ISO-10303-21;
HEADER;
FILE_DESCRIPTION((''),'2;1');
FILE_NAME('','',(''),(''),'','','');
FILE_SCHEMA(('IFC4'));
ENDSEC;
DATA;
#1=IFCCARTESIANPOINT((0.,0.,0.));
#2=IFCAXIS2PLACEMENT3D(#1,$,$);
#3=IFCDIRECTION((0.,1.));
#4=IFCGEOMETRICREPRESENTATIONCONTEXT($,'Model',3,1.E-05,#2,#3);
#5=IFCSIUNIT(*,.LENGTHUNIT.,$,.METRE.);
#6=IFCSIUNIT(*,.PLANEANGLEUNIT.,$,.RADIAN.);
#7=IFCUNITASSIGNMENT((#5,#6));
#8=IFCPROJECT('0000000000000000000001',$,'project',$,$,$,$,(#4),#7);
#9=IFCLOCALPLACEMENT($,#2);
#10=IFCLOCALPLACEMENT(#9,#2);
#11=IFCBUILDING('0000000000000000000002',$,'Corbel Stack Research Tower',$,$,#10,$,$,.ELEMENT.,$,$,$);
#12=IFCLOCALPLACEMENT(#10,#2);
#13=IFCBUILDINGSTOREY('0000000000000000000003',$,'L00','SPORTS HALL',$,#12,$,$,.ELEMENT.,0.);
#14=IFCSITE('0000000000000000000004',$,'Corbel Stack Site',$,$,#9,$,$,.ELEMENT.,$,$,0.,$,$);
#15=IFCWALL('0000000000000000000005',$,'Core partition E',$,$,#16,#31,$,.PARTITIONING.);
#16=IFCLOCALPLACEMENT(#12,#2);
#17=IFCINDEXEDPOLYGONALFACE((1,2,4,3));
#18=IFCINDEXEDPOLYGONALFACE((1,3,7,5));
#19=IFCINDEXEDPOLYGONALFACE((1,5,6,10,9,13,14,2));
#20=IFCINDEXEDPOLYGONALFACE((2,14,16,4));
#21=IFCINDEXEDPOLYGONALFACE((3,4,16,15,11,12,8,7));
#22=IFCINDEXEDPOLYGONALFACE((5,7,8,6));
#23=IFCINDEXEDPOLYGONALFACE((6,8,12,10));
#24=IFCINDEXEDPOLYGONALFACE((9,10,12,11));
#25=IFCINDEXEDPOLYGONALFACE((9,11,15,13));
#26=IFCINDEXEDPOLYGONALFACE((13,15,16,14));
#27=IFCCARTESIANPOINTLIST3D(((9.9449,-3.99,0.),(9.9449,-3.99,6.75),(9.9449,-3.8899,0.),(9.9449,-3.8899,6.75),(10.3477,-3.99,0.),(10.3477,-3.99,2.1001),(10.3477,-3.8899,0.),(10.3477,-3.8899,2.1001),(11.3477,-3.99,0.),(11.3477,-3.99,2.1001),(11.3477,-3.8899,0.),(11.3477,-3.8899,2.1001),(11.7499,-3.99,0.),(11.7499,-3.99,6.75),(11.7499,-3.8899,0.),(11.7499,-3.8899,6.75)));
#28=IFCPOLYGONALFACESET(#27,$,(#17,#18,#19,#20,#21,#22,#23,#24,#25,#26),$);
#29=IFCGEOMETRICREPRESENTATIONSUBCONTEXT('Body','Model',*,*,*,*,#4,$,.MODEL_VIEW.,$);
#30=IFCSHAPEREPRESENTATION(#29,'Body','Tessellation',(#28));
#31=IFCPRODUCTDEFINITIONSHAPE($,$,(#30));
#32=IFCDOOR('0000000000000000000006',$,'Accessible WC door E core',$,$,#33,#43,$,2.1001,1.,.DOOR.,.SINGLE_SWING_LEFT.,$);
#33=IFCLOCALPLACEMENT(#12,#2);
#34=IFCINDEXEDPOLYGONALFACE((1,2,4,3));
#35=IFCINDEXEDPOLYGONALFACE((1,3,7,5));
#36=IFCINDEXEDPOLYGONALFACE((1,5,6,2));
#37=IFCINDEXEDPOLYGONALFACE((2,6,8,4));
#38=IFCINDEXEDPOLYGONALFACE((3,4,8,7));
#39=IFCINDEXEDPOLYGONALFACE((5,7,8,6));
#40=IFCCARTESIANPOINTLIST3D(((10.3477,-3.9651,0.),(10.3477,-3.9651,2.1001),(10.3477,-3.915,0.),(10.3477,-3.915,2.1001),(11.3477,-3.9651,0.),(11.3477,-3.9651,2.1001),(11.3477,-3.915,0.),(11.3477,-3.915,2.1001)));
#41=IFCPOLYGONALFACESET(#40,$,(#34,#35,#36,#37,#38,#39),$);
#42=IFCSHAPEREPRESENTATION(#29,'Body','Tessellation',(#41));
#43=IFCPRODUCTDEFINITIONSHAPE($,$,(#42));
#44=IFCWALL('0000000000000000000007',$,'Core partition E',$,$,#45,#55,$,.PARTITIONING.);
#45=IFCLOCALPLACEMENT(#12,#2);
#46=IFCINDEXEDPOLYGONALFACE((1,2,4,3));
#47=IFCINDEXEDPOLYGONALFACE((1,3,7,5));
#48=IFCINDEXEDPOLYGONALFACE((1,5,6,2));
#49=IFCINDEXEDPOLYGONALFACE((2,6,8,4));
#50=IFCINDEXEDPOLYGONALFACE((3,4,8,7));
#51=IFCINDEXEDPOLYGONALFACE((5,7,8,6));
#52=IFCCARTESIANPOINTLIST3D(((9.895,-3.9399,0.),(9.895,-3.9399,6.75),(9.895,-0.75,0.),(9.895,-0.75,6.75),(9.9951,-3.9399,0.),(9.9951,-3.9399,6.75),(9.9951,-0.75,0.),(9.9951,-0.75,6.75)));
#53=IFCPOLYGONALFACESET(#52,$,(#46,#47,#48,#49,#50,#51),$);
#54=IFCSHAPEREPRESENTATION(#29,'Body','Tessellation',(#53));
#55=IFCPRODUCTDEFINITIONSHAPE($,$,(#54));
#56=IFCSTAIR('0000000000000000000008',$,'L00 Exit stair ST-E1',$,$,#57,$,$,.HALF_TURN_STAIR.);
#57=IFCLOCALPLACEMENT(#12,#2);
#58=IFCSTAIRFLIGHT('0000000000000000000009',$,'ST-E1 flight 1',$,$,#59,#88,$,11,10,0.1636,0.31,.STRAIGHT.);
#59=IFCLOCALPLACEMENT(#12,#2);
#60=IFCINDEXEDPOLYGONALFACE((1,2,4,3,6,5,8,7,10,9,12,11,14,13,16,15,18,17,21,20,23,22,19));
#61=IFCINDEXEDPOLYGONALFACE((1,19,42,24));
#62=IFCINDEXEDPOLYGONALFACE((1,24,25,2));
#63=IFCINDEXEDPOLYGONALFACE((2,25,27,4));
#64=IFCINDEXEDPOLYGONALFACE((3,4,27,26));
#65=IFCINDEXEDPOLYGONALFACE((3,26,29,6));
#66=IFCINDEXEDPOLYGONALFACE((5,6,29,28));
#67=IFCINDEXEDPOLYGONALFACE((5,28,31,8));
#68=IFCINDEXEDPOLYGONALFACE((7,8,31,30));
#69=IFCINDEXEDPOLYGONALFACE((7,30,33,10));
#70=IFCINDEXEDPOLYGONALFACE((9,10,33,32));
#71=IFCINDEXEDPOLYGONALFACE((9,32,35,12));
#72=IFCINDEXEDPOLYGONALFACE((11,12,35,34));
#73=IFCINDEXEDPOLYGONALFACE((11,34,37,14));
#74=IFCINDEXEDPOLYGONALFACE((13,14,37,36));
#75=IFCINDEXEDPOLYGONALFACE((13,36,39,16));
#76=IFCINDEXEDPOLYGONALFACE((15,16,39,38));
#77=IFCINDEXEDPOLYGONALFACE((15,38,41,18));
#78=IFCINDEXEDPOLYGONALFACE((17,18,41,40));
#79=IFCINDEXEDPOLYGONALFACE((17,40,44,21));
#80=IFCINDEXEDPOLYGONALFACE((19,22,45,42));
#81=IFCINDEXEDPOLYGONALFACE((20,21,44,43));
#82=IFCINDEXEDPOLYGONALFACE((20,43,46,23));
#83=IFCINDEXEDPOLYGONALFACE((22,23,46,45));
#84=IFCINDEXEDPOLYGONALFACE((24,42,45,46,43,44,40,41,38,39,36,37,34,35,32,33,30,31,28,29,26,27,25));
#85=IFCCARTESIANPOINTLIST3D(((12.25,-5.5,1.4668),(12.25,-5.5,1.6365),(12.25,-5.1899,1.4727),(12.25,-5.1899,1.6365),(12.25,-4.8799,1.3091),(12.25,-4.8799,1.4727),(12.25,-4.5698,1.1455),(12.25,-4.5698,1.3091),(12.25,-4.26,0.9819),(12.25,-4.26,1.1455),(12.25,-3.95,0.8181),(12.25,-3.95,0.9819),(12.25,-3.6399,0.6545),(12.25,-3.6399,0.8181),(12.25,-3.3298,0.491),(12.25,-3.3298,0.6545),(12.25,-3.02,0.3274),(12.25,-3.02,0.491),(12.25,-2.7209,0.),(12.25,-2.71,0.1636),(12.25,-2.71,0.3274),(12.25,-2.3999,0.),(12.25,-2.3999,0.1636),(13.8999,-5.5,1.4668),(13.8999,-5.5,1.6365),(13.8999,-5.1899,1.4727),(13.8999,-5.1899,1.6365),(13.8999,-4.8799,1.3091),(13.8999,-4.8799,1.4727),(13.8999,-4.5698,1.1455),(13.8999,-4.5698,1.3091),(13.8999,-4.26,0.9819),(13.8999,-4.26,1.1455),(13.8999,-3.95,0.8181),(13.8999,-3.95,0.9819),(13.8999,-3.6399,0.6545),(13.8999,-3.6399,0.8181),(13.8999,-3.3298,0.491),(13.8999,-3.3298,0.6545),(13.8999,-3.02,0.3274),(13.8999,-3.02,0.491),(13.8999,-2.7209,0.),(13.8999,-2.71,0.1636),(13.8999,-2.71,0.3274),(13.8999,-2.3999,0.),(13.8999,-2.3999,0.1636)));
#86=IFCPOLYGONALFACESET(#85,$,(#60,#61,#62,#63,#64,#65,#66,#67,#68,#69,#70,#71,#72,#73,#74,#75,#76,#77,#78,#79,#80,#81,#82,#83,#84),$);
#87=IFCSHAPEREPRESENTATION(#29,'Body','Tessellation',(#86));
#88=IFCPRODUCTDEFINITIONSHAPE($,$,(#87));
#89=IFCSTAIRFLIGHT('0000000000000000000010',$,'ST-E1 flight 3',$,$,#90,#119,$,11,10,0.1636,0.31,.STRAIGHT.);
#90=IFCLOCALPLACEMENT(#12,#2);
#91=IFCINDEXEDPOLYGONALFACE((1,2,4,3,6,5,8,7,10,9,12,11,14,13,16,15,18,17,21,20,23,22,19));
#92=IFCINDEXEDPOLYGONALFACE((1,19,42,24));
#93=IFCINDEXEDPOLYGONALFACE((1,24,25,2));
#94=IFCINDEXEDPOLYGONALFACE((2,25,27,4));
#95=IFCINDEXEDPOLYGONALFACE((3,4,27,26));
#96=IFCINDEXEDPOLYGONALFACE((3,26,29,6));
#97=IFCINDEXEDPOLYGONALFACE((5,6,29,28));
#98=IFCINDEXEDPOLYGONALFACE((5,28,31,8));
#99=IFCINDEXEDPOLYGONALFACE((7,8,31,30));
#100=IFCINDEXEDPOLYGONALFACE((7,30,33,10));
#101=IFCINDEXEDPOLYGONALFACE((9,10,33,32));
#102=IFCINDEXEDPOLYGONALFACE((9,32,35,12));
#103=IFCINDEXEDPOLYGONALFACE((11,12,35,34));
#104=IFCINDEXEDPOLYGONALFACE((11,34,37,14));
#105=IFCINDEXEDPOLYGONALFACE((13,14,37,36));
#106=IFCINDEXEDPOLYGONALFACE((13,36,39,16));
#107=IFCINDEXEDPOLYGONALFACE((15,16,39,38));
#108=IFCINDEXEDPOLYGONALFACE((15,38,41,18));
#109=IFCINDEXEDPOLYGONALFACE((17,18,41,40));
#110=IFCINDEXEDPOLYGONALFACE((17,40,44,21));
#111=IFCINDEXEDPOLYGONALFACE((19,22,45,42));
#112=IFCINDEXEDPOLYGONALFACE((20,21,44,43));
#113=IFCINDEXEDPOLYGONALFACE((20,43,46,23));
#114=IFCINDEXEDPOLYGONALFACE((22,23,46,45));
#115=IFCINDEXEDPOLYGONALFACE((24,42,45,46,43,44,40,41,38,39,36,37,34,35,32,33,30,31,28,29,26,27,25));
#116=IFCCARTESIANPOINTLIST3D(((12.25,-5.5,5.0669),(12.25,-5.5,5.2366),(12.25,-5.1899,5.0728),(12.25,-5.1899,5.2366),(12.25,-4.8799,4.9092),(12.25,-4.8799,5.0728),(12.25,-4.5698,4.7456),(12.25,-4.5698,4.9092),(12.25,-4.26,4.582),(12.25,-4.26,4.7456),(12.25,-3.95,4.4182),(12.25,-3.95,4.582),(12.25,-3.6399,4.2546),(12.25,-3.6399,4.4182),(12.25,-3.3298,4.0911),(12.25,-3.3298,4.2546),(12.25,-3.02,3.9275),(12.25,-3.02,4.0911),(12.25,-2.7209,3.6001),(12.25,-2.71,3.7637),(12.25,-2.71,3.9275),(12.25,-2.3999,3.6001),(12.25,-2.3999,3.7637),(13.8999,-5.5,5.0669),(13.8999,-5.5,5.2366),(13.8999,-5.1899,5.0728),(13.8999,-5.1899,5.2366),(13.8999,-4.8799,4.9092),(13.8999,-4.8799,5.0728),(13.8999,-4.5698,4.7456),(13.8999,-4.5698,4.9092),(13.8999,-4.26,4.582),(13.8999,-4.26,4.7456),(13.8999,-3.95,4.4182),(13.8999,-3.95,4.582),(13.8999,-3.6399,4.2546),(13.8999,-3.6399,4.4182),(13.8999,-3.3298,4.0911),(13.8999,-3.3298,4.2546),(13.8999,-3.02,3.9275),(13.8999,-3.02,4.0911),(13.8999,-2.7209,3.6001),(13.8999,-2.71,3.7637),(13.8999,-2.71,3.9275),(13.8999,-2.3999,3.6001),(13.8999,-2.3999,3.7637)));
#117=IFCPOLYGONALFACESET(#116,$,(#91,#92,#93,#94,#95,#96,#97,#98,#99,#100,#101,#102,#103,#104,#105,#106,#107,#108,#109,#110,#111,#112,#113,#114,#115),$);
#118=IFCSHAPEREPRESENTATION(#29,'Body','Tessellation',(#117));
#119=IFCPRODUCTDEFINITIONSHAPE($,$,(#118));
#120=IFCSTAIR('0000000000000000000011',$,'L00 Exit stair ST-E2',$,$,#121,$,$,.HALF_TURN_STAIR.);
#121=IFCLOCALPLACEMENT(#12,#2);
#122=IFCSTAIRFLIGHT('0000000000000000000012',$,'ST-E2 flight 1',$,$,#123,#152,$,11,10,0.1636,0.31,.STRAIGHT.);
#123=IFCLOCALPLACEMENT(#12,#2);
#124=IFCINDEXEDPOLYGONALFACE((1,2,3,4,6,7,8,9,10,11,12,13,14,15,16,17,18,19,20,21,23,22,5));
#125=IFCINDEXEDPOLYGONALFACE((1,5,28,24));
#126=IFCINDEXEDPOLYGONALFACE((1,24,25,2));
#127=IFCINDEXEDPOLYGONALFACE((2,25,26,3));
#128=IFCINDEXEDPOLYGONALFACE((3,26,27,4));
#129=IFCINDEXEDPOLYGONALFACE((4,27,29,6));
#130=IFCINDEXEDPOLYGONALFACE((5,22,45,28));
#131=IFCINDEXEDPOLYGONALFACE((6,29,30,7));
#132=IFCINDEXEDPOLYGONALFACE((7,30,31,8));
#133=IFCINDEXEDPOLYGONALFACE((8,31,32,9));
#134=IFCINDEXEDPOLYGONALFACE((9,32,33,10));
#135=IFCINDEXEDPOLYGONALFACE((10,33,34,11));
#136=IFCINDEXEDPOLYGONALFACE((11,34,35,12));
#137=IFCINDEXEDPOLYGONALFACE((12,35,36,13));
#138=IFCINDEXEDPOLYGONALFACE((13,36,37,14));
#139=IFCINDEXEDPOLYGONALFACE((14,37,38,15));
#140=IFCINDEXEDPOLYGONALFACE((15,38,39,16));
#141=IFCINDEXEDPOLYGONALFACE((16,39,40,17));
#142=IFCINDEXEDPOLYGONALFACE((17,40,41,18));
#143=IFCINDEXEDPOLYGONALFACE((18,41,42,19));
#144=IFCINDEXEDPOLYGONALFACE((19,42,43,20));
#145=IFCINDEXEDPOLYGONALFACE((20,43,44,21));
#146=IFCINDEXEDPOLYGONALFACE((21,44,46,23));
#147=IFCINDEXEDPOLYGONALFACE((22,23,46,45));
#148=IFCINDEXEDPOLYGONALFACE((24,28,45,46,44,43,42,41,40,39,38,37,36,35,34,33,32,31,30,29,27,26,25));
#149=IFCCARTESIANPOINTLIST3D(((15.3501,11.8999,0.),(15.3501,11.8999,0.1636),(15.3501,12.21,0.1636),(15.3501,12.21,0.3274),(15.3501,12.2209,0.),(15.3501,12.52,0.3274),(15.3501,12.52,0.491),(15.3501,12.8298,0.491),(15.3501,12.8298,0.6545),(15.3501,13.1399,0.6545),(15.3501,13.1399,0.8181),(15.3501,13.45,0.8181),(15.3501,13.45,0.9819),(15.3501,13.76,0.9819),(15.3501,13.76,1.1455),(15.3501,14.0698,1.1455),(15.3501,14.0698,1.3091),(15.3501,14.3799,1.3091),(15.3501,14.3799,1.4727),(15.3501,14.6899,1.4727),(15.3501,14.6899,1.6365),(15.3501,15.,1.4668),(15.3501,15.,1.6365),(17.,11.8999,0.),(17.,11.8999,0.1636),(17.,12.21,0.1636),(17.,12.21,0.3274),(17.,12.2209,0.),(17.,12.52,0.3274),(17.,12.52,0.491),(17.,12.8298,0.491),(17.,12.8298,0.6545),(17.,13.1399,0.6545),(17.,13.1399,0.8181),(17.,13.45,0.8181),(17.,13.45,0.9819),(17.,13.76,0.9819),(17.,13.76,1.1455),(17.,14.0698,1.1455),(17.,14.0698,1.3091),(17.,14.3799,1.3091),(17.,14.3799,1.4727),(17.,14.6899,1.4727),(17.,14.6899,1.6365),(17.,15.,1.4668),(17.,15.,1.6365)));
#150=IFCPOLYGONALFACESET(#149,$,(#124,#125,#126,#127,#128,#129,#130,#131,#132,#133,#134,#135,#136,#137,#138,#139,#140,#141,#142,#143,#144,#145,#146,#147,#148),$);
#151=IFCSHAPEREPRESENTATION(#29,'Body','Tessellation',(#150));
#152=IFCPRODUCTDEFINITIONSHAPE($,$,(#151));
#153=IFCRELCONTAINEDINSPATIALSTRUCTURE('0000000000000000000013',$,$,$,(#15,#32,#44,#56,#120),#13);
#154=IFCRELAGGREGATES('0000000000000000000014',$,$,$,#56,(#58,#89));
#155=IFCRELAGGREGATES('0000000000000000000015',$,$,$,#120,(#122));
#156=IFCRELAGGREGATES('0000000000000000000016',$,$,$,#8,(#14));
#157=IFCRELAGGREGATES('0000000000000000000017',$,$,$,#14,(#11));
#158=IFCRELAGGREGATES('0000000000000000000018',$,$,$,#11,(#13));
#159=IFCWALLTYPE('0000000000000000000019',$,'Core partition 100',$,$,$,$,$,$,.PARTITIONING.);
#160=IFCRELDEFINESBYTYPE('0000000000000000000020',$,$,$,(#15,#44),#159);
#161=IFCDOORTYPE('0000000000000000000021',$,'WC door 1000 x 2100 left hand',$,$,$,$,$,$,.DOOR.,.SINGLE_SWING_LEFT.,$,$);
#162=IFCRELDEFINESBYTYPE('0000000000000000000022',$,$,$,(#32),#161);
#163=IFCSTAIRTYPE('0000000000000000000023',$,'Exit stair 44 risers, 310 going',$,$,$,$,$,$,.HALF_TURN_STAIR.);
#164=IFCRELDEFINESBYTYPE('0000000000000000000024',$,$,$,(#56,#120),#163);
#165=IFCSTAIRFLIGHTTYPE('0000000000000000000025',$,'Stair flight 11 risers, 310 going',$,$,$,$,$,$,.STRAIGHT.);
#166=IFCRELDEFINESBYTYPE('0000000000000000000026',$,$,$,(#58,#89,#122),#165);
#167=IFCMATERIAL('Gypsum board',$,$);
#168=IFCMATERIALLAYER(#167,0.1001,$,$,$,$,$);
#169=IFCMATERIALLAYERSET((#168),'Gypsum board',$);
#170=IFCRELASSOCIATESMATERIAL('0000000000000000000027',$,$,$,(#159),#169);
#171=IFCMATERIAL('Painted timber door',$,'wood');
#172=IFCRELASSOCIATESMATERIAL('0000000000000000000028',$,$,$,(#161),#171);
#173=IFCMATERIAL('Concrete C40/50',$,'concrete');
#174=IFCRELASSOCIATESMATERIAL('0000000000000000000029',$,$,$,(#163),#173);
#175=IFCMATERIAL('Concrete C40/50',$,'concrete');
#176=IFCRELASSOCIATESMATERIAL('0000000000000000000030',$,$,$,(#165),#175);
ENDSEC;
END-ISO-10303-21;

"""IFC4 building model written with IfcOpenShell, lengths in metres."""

from ifc_helpers import new_model, si_unit, direction, frame, frame_2d, origin, place, context, subcontext, project, spatial, polyline, rectangle, outline, extrude, material, layer, layer_set, type_object, element, fill, aggregate, save


model = new_model("IFC4")

# Units and contexts
model_context = context("Model", 3, precision=1e-05, world=origin(), true_north=direction((0.0, 1.0)))
body_context = subcontext(model_context, "Body", "Model", "MODEL_VIEW")
ifc_project = project(units=[si_unit("LENGTHUNIT", "METRE"), si_unit("PLANEANGLEUNIT", "RADIAN")], contexts=[model_context])

# Site, building, storey
site_placement = place(None, origin())
site = spatial("IfcSite", under=ifc_project, at=site_placement, Name="Corbel Stack Site", CompositionType="ELEMENT", RefElevation=0.0)
building_placement = place(site_placement, origin())
building = spatial("IfcBuilding", under=site, at=building_placement, Name="Corbel Stack Research Tower", CompositionType="ELEMENT")
storey_placement = place(building_placement, origin())
storey = spatial("IfcBuildingStorey", under=building, at=storey_placement, Name="L00", Description="SPORTS HALL", CompositionType="ELEMENT", Elevation=0.0)

# Wall, opening, door
ifc_material_1 = material(Name="Gypsum board")
ifc_layer_1 = layer(ifc_material_1, 0.1001)
ifc_layer_set_1 = layer_set([ifc_layer_1], Name="Gypsum board")
wall_type_1 = type_object("IfcWallType", Name="Core partition 100", PredefinedType="PARTITIONING", material=ifc_layer_set_1)
wall_1_placement = place(storey_placement, frame((9.9451, -3.9399, 0.0), z_axis=(0.0, 0.0, 1.0), x_axis=(1.0, 0.0, 0.0)))
wall_1 = element("IfcWall", 1, at=wall_1_placement, inside=storey, type_object=wall_type_1, Name="Core partition E", PredefinedType="PARTITIONING", context=body_context, shape_type="SweptSolid", body=[
    extrude(rectangle(XDim=1.8049, YDim=0.1001, at=frame_2d((0.9023, 0.0))), origin(), (0.0, 0.0, 1.0), 6.75),
])
opening_1_placement = place(wall_1_placement, frame((0.4026, 0.0, 0.0)))
opening_1 = element("IfcOpeningElement", 2, at=opening_1_placement, cuts=wall_1, PredefinedType="OPENING", context=body_context, shape_type="SweptSolid", body=[
    extrude(rectangle(XDim=1.0, YDim=2.1001, at=frame_2d((0.5, 1.05))), frame((0.0, 0.0601, 0.0), z_axis=(0.0, -1.0, 0.0), x_axis=(1.0, 0.0, 0.0)), (0.0, 0.0, 1.0), 0.1201),
])
ifc_material_2 = material(Name="Painted timber door", Category="wood")
door_type_1 = type_object("IfcDoorType", Name="WC door 1000 x 2100 left hand", OperationType="SINGLE_SWING_LEFT", PredefinedType="DOOR", material=ifc_material_2)
door_1_placement = place(opening_1_placement, origin())
door_1 = element("IfcDoor", 3, at=door_1_placement, inside=storey, type_object=door_type_1, Name="Accessible WC door E core", OperationType="SINGLE_SWING_LEFT", OverallHeight=2.1001, OverallWidth=1.0, PredefinedType="DOOR", context=body_context, shape_type="SweptSolid", body=[
    extrude(rectangle(XDim=1.0, YDim=2.1001, at=frame_2d((0.5, 1.05))), frame((0.0, 0.0249, 0.0), z_axis=(0.0, -1.0, 0.0), x_axis=(1.0, 0.0, 0.0)), (0.0, 0.0, 1.0), 0.05),
])
fill(opening_1, door_1)

# Wall
wall_2_placement = place(storey_placement, frame((9.9451, -3.9399, 0.0), z_axis=(0.0, 0.0, 1.0), x_axis=(0.0, 1.0, 0.0)))
element("IfcWall", 4, at=wall_2_placement, inside=storey, type_object=wall_type_1, Name="Core partition E", PredefinedType="PARTITIONING", context=body_context, shape_type="SweptSolid", body=[
    extrude(rectangle(XDim=3.1899, YDim=0.1001, at=frame_2d((1.595, 0.0))), origin(), (0.0, 0.0, 1.0), 6.75),
])

# Stairs, stair flights
ifc_material_3 = material(Name="Concrete C40/50", Category="concrete")
stair_type = type_object("IfcStairType", Name="Exit stair 44 risers, 310 going", PredefinedType="HALF_TURN_STAIR", material=ifc_material_3)
stair_1_placement = place(storey_placement, origin())
stair_1 = element("IfcStair", 5, at=stair_1_placement, inside=storey, type_object=stair_type, Name="L00 Exit stair ST-E1", PredefinedType="HALF_TURN_STAIR")
ifc_material_4 = material(Name="Concrete C40/50", Category="concrete")
stair_flight_type = type_object("IfcStairFlightType", Name="Stair flight 11 risers, 310 going", PredefinedType="STRAIGHT", material=ifc_material_4)
stair_flight_1_placement = place(storey_placement, frame((13.075, -2.3999, 0.0), z_axis=(0.0, 0.0, 1.0), x_axis=(0.0, -1.0, 0.0)))
stair_flight_1 = element("IfcStairFlight", 6, at=stair_flight_1_placement, type_object=stair_flight_type, Name="ST-E1 flight 1", NumberOfRisers=11, NumberOfTreads=10, PredefinedType="STRAIGHT", RiserHeight=0.1636, TreadLength=0.31, context=body_context, shape_type="SweptSolid", body=[
    extrude(outline(polyline([(0.0, 0.0), (0.0, 0.1636), (0.3101, 0.1636), (0.3101, 0.3274), (0.6201, 0.3274), (0.6201, 0.491), (0.9299, 0.491), (0.9299, 0.6545), (1.24, 0.6545), (1.24, 0.8181), (1.55, 0.8181), (1.55, 0.9819), (1.8601, 0.9819), (1.8601, 1.1455), (2.1699, 1.1455), (2.1699, 1.3091), (2.48, 1.3091), (2.48, 1.4727), (2.79, 1.4727), (2.79, 1.6365), (3.1001, 1.6365), (3.1001, 1.8), (3.1001, 1.4668), (0.321, 0.0), (0.0, 0.0)])), frame((0.0, 0.825, 0.0), z_axis=(0.0, -1.0, 0.0), x_axis=(1.0, 0.0, 0.0)), (0.0, 0.0, 1.0), 1.6499),
])
stair_flight_2_placement = place(storey_placement, frame((13.075, -2.3999, 3.6001), z_axis=(0.0, 0.0, 1.0), x_axis=(0.0, -1.0, 0.0)))
stair_flight_2 = element("IfcStairFlight", 7, at=stair_flight_2_placement, type_object=stair_flight_type, Name="ST-E1 flight 3", NumberOfRisers=11, NumberOfTreads=10, PredefinedType="STRAIGHT", RiserHeight=0.1636, TreadLength=0.31, context=body_context, shape_type="SweptSolid", body=[
    extrude(outline(polyline([(0.0, 0.0), (0.0, 0.1636), (0.3101, 0.1636), (0.3101, 0.3274), (0.6201, 0.3274), (0.6201, 0.491), (0.9299, 0.491), (0.9299, 0.6545), (1.24, 0.6545), (1.24, 0.8181), (1.55, 0.8181), (1.55, 0.9819), (1.8601, 0.9819), (1.8601, 1.1455), (2.1699, 1.1455), (2.1699, 1.3091), (2.48, 1.3091), (2.48, 1.4727), (2.79, 1.4727), (2.79, 1.6365), (3.1001, 1.6365), (3.1001, 1.8), (3.1001, 1.4668), (0.321, 0.0), (0.0, 0.0)])), frame((0.0, 0.825, 0.0), z_axis=(0.0, -1.0, 0.0), x_axis=(1.0, 0.0, 0.0)), (0.0, 0.0, 1.0), 1.6499),
])
aggregate(stair_1, [stair_flight_1, stair_flight_2])
stair_2_placement = place(storey_placement, origin())
stair_2 = element("IfcStair", 8, at=stair_2_placement, inside=storey, type_object=stair_type, Name="L00 Exit stair ST-E2", PredefinedType="HALF_TURN_STAIR")
stair_flight_3_placement = place(storey_placement, frame((16.175, 11.8999, 0.0), z_axis=(0.0, 0.0, 1.0), x_axis=(0.0, 1.0, 0.0)))
stair_flight_3 = element("IfcStairFlight", 9, at=stair_flight_3_placement, type_object=stair_flight_type, Name="ST-E2 flight 1", NumberOfRisers=11, NumberOfTreads=10, PredefinedType="STRAIGHT", RiserHeight=0.1636, TreadLength=0.31, context=body_context, shape_type="SweptSolid", body=[
    extrude(outline(polyline([(0.0, 0.0), (0.0, 0.1636), (0.3101, 0.1636), (0.3101, 0.3274), (0.6201, 0.3274), (0.6201, 0.491), (0.9299, 0.491), (0.9299, 0.6545), (1.24, 0.6545), (1.24, 0.8181), (1.55, 0.8181), (1.55, 0.9819), (1.8601, 0.9819), (1.8601, 1.1455), (2.1699, 1.1455), (2.1699, 1.3091), (2.48, 1.3091), (2.48, 1.4727), (2.79, 1.4727), (2.79, 1.6365), (3.1001, 1.6365), (3.1001, 1.8), (3.1001, 1.4668), (0.321, 0.0), (0.0, 0.0)])), frame((0.0, 0.825, 0.0), z_axis=(0.0, -1.0, 0.0), x_axis=(1.0, 0.0, 0.0)), (0.0, 0.0, 1.0), 1.6499),
])
aggregate(stair_2, [stair_flight_3])

save(model, "model.ifc")
